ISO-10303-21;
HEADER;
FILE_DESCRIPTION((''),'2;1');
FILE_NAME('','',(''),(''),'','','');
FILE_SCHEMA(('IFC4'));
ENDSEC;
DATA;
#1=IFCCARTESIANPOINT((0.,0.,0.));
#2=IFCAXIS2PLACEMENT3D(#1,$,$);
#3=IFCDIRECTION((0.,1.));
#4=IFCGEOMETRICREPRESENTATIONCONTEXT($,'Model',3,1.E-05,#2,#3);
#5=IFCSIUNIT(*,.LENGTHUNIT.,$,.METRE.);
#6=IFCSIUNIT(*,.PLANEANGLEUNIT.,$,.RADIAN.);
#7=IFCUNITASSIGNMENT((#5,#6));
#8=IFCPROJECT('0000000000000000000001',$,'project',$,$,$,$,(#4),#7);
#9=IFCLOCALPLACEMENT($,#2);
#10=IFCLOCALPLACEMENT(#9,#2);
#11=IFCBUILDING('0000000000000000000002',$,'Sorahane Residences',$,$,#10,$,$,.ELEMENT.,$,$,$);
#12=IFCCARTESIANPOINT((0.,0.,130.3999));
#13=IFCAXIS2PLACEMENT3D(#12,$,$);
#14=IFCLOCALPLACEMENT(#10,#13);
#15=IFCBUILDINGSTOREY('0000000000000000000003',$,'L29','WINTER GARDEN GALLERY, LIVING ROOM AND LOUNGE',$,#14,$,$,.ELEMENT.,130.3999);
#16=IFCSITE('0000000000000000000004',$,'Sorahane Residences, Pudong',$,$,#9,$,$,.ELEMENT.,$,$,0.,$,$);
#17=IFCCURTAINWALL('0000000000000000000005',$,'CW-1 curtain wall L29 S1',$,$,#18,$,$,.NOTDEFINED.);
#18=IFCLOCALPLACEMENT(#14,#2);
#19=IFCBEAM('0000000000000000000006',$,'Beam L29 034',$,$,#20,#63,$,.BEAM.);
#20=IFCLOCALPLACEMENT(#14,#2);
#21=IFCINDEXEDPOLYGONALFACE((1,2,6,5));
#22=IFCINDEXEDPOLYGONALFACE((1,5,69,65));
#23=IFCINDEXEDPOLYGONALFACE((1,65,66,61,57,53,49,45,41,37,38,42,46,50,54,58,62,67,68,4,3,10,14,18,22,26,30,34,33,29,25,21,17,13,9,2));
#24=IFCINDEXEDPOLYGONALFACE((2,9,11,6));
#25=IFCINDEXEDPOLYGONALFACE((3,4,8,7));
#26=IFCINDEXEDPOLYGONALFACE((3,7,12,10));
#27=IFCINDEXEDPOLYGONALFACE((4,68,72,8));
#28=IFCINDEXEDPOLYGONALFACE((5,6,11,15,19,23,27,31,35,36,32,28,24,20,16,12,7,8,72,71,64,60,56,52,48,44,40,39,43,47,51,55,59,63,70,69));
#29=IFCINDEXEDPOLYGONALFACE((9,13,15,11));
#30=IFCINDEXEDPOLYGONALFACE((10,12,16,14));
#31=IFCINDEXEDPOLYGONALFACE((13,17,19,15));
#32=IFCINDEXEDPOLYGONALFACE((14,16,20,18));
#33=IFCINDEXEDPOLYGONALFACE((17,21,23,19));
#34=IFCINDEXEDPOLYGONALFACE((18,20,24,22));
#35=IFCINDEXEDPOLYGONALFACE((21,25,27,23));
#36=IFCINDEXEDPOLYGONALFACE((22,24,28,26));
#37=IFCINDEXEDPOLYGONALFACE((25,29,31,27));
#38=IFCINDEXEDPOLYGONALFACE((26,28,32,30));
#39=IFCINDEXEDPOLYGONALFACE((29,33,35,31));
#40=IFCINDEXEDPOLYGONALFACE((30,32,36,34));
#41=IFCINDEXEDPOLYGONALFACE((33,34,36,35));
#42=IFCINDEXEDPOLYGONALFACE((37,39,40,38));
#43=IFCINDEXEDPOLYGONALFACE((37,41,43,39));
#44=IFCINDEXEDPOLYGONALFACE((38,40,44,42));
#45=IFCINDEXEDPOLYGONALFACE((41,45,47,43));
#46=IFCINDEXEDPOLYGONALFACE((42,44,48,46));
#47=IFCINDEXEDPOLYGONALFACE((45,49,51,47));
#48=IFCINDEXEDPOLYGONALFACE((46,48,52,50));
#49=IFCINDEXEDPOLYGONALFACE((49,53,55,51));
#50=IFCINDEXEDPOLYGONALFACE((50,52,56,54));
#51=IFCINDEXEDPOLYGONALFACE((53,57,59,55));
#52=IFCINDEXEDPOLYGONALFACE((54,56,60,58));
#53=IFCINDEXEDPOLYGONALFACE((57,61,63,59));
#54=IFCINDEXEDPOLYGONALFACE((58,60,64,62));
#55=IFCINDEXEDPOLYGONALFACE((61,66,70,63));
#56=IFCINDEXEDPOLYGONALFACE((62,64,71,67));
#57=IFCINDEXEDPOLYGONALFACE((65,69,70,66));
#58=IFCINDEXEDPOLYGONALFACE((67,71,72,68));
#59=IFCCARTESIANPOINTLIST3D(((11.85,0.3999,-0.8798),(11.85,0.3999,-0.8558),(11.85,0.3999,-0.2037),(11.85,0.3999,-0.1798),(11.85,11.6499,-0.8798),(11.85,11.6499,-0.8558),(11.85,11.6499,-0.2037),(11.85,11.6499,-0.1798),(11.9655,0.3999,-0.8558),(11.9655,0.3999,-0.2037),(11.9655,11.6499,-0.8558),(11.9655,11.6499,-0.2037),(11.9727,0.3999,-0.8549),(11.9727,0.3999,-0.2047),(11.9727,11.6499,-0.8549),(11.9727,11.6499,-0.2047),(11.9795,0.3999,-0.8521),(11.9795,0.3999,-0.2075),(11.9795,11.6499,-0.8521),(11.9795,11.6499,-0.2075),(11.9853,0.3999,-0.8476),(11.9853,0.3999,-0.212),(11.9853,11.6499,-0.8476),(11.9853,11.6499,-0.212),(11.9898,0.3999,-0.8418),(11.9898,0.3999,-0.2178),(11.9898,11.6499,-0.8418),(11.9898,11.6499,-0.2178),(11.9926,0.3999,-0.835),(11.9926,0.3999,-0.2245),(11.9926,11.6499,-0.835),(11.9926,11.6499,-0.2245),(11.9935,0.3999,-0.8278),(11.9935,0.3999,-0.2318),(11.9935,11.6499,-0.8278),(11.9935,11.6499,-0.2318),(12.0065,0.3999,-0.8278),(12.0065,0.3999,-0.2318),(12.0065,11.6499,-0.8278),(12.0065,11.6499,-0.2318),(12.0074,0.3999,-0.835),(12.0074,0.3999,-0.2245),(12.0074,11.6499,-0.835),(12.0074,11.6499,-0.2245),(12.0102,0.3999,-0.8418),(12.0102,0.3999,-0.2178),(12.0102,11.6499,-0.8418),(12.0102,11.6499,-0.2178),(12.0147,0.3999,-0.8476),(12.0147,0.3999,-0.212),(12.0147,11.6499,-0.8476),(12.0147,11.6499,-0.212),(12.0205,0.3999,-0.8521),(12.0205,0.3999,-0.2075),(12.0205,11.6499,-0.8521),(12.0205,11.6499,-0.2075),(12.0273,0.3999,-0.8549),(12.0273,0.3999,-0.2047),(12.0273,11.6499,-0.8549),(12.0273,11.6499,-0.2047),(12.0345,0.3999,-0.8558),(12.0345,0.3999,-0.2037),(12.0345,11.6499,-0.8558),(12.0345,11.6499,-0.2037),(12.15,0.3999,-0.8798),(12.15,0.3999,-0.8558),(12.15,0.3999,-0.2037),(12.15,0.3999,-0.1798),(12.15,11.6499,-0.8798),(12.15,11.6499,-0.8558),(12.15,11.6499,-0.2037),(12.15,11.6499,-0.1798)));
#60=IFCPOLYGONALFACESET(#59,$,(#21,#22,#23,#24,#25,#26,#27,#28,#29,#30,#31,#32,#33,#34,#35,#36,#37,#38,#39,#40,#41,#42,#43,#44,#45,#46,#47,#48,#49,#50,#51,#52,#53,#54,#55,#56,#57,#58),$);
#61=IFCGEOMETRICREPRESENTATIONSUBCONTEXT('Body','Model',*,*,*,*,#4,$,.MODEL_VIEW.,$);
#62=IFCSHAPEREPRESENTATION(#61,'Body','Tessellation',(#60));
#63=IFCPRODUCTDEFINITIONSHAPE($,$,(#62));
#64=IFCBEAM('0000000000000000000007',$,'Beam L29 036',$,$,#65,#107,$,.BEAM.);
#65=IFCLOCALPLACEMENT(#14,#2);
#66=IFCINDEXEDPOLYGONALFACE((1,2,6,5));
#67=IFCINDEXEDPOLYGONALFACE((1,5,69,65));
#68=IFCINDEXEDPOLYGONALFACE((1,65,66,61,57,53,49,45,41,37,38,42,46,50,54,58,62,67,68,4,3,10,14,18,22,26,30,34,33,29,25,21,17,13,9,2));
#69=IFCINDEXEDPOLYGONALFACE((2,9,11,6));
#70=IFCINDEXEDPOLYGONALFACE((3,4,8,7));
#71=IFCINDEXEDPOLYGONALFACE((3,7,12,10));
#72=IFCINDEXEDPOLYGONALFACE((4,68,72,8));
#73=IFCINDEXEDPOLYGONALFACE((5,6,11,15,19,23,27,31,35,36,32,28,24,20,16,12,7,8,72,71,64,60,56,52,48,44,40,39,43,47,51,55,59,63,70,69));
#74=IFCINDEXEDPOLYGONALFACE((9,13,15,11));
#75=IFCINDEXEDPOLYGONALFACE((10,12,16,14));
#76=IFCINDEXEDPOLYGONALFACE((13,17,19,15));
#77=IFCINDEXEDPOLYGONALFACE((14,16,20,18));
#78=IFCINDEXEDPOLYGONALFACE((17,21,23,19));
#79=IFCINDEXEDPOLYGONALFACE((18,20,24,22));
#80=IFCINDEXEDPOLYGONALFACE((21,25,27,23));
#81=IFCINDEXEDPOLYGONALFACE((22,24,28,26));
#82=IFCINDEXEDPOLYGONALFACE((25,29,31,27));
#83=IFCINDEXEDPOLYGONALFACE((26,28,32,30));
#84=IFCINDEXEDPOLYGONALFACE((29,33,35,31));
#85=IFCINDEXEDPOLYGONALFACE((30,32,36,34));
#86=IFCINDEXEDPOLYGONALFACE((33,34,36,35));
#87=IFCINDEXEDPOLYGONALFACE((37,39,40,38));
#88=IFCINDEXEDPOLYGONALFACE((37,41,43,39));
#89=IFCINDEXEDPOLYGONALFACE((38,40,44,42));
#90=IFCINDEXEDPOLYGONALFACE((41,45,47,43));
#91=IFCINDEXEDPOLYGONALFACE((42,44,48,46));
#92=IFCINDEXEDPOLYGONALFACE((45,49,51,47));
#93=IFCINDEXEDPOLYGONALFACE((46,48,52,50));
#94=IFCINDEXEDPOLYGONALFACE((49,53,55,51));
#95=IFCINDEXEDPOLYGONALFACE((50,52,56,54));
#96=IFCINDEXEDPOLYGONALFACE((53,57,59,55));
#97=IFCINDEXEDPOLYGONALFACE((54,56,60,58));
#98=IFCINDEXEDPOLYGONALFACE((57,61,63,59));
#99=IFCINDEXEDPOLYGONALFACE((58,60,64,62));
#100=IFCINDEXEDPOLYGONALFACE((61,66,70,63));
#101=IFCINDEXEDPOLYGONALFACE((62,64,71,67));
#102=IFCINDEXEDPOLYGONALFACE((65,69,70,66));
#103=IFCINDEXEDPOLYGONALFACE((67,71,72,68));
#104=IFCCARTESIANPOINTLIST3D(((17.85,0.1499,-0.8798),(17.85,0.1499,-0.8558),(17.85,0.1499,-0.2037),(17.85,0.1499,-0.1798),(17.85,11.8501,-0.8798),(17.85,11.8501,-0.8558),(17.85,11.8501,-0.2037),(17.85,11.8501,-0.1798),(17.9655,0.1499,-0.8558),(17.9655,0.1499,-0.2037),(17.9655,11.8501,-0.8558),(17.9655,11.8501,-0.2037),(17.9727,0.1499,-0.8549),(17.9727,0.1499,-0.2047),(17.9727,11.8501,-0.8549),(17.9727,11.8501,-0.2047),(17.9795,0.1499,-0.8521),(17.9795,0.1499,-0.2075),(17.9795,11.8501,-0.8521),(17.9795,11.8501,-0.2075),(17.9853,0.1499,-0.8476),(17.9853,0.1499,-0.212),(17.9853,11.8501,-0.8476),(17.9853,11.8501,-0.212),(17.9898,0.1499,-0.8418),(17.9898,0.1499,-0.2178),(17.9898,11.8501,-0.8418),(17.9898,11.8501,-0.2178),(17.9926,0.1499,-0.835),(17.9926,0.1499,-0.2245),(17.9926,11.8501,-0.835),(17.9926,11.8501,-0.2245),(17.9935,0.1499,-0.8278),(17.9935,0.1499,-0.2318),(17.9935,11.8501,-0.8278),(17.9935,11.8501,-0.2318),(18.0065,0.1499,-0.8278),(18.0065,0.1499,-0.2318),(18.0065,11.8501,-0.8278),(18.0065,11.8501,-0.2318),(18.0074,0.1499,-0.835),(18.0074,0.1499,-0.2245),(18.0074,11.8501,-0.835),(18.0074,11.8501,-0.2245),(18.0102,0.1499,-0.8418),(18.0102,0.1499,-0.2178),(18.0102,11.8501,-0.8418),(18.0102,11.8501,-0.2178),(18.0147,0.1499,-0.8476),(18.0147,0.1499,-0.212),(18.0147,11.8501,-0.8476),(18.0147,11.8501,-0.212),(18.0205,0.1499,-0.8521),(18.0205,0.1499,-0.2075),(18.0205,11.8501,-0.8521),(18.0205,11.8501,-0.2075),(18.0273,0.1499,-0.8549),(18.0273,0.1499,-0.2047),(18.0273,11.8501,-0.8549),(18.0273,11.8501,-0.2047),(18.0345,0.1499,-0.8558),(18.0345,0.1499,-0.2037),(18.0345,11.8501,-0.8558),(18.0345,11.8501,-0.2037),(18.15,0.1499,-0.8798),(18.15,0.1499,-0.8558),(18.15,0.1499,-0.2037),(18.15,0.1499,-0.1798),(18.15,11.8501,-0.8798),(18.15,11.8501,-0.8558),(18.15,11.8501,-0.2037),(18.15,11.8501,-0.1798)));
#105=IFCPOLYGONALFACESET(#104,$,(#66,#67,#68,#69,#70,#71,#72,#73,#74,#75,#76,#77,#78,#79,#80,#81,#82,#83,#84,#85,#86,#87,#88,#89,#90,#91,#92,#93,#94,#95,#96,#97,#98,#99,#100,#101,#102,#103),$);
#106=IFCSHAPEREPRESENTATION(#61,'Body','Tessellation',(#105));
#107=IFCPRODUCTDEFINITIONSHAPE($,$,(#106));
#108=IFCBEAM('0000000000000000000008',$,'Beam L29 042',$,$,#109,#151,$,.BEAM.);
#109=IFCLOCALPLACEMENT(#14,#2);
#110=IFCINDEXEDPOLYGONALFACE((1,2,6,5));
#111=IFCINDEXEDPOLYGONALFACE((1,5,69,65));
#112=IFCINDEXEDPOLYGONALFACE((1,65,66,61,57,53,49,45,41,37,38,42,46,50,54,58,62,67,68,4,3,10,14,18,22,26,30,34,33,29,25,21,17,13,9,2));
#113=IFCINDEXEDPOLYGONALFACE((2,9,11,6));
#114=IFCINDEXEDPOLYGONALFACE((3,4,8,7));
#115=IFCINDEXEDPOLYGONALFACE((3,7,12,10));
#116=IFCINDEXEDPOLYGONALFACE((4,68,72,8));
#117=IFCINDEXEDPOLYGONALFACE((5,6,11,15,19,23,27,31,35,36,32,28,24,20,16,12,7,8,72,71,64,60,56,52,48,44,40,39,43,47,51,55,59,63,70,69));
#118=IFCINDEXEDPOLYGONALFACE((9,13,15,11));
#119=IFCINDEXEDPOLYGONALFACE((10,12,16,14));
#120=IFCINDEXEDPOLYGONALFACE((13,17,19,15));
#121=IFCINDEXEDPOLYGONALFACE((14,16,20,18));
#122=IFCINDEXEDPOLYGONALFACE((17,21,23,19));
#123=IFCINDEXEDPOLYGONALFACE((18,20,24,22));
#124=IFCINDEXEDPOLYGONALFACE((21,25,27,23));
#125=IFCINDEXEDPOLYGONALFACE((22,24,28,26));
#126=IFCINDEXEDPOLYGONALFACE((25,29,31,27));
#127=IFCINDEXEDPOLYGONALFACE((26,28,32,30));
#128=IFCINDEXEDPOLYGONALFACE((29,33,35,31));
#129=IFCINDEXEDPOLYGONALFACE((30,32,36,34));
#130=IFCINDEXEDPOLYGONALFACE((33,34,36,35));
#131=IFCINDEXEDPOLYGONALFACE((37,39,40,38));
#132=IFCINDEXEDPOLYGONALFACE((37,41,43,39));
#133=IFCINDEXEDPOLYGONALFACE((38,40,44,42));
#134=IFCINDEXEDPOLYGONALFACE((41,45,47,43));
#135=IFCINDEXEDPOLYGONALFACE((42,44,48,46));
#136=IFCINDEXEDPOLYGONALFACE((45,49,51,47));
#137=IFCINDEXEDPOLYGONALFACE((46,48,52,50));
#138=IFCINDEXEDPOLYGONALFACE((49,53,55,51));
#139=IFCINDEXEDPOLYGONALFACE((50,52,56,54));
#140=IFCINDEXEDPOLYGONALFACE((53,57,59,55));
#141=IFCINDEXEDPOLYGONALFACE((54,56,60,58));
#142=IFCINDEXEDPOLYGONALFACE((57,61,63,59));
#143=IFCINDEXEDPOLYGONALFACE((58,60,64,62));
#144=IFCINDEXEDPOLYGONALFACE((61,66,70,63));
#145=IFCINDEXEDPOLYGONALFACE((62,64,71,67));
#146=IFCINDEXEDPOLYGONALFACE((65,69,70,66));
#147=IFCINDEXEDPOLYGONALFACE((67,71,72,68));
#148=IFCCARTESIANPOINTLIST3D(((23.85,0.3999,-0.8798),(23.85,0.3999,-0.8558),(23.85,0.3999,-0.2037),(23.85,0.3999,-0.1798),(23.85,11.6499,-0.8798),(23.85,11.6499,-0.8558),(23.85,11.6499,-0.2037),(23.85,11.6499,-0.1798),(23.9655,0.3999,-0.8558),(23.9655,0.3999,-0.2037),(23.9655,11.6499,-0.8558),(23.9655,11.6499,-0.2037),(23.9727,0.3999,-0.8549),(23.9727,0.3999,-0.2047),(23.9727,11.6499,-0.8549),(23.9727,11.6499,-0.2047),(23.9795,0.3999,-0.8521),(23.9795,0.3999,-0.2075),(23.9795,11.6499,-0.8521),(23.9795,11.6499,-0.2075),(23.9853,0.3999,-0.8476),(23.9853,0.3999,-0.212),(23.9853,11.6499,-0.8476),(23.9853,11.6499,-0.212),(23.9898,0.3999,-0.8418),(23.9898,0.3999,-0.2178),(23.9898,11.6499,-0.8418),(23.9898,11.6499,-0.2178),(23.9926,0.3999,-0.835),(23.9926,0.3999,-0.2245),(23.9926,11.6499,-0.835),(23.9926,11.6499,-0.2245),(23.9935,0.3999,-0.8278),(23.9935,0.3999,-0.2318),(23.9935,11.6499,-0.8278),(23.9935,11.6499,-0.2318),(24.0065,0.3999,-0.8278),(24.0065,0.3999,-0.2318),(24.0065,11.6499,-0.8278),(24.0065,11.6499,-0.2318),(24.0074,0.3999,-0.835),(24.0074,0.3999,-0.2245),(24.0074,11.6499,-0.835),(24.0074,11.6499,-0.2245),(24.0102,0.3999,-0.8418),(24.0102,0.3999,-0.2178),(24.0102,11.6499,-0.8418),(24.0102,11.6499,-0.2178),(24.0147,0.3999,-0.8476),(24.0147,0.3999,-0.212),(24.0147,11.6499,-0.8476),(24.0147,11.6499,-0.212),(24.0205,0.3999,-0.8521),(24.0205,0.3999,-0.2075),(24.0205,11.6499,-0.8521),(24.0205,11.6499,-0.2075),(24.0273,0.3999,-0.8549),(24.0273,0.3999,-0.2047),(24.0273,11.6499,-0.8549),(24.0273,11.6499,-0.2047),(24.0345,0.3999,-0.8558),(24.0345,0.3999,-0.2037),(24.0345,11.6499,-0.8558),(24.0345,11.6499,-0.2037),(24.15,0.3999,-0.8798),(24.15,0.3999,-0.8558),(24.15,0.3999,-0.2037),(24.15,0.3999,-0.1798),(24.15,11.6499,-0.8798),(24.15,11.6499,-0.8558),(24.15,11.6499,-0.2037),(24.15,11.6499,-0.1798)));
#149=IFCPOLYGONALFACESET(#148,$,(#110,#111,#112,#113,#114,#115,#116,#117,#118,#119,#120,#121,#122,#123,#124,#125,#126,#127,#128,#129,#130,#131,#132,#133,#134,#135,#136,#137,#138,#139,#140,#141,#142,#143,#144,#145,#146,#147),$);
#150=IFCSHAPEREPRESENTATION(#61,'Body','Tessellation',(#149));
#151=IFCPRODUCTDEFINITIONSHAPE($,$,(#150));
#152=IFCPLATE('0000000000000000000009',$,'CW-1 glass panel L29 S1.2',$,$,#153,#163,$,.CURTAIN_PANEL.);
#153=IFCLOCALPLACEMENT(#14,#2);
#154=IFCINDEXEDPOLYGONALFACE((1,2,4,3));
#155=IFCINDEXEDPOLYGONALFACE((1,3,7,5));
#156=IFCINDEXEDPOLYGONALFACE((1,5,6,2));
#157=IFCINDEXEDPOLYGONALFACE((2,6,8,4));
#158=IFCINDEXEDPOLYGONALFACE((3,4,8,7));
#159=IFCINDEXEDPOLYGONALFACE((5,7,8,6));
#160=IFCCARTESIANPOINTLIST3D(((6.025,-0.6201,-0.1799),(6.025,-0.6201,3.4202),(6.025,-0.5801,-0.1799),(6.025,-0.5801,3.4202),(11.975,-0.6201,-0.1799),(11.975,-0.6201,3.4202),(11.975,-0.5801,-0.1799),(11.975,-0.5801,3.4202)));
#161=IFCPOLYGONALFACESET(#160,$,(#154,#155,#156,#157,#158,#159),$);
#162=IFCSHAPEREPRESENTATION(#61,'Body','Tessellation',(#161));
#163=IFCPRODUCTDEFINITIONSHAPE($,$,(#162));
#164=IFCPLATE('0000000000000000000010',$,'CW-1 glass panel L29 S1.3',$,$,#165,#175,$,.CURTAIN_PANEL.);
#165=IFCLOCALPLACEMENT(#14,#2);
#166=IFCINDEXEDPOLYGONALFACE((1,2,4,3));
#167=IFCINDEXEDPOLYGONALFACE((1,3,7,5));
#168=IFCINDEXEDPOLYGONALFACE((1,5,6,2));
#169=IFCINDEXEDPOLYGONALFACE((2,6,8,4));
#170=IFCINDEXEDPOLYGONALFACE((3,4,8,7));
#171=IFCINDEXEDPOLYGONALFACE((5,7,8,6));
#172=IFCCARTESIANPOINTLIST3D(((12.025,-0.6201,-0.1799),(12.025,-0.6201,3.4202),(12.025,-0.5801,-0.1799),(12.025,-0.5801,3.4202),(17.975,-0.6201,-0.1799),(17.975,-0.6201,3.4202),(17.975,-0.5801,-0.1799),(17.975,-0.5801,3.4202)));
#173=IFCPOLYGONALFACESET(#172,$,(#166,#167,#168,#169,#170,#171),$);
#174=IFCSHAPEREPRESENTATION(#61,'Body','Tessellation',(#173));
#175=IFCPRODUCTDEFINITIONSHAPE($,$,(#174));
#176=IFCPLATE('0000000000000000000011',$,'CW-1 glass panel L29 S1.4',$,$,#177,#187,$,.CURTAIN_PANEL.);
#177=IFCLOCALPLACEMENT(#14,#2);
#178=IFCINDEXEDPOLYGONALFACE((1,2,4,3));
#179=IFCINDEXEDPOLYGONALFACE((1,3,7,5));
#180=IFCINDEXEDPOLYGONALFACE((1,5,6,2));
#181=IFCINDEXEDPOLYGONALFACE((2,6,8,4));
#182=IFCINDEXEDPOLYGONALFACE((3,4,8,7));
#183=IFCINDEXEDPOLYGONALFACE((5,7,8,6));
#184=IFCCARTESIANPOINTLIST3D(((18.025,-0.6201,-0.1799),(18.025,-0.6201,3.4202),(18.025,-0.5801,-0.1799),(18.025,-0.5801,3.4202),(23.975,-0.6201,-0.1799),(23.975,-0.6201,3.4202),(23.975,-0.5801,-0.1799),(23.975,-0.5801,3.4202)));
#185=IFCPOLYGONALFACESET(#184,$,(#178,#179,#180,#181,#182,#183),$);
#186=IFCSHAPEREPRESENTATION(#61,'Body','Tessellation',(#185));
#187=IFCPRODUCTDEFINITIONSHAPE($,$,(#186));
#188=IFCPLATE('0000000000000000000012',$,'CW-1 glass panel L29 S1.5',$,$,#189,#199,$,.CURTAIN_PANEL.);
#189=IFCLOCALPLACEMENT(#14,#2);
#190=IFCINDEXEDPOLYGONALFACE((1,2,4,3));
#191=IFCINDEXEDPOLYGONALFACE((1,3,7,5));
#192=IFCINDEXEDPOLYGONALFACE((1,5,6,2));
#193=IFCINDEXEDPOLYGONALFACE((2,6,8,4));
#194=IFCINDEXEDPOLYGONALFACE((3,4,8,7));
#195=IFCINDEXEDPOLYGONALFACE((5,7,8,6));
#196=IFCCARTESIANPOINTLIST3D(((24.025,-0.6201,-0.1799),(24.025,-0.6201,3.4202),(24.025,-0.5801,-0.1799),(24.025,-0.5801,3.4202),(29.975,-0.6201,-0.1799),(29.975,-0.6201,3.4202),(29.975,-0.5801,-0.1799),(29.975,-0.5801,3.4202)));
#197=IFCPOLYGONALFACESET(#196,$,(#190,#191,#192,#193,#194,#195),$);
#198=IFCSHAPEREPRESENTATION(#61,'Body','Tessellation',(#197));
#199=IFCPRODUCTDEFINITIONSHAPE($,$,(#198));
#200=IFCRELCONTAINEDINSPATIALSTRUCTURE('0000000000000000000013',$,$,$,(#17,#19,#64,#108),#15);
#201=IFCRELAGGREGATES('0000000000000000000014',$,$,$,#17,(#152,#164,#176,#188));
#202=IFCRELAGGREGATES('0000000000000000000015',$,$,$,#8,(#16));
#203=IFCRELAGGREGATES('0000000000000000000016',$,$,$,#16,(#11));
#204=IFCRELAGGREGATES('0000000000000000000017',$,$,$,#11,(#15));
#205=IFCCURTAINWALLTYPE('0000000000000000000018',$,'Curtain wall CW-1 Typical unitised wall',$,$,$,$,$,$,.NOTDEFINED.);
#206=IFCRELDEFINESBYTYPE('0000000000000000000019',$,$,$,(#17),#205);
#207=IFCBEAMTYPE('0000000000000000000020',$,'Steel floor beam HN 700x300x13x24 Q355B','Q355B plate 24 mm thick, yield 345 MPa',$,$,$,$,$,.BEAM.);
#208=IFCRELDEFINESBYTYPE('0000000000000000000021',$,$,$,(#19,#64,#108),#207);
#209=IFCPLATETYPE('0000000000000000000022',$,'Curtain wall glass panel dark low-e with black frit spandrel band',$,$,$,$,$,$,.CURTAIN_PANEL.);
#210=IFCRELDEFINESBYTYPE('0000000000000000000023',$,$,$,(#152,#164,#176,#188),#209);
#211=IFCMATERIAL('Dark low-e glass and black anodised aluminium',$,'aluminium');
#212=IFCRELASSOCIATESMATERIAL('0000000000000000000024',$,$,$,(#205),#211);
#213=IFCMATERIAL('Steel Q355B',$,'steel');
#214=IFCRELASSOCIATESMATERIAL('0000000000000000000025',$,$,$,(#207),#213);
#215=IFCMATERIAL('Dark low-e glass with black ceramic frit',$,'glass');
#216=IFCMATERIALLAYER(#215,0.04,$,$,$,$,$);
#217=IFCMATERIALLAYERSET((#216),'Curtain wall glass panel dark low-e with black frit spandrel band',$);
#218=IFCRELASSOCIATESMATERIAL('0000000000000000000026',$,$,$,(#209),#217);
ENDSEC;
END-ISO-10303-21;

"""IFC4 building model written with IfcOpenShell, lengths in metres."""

from ifc_helpers import new_model, si_unit, direction, frame, origin, origin_2d, place, context, subcontext, project, spatial, rectangle, i_section, extrude, material, layer, layer_set, material_profile, profile_set, type_object, element, aggregate, save


model = new_model("IFC4")

# Units and contexts
model_context = context("Model", 3, precision=1e-05, world=origin(), true_north=direction((0.0, 1.0)))
body_context = subcontext(model_context, "Body", "Model", "MODEL_VIEW")
ifc_project = project(units=[si_unit("LENGTHUNIT", "METRE"), si_unit("PLANEANGLEUNIT", "RADIAN")], contexts=[model_context])

# Site, building, storey
site_placement = place(None, origin())
site = spatial("IfcSite", under=ifc_project, at=site_placement, Name="Sorahane Residences, Pudong", CompositionType="ELEMENT", RefElevation=0.0)
building_placement = place(site_placement, origin())
building = spatial("IfcBuilding", under=site, at=building_placement, Name="Sorahane Residences", CompositionType="ELEMENT")
storey_placement = place(building_placement, frame((0.0, 0.0, 130.3999)))
storey = spatial("IfcBuildingStorey", under=building, at=storey_placement, Name="L29", Description="WINTER GARDEN GALLERY, LIVING ROOM AND LOUNGE", CompositionType="ELEMENT", Elevation=130.3999)

# Curtain wall
ifc_material_1 = material(Name="Dark low-e glass and black anodised aluminium", Category="aluminium")
curtain_wall_type = type_object("IfcCurtainWallType", Name="Curtain wall CW-1 Typical unitised wall", PredefinedType="NOTDEFINED", material=ifc_material_1)
curtain_wall_placement = place(storey_placement, origin())
curtain_wall = element("IfcCurtainWall", 1, at=curtain_wall_placement, inside=storey, type_object=curtain_wall_type, Name="CW-1 curtain wall L29 S1", PredefinedType="NOTDEFINED")

# Beams
ifc_material_2 = material(Name="Steel Q355B", Category="steel")
ifc_material_profile_1 = material_profile(ifc_material_2, i_section(OverallWidth=0.3, OverallDepth=0.7, WebThickness=0.0129, FlangeThickness=0.0239, FilletRadius=0.0281, at=origin_2d()), Name="HN 700x300x13x24")
ifc_profile_set_1 = profile_set([ifc_material_profile_1], Name="Steel Q355B")
beam_type_1 = type_object("IfcBeamType", Name="Steel floor beam HN 700x300x13x24 Q355B", Description="Q355B plate 24 mm thick, yield 345 MPa", PredefinedType="BEAM", material=ifc_profile_set_1)
beam_1_placement = place(storey_placement, frame((12.0, 0.3999, -0.5298), z_axis=(0.0, 1.0, 0.0), x_axis=(-1.0, 0.0, 0.0)))
element("IfcBeam", 2, at=beam_1_placement, inside=storey, type_object=beam_type_1, Name="Beam L29 034", PredefinedType="BEAM", context=body_context, shape_type="SweptSolid", body=[
    extrude(i_section(OverallWidth=0.3, OverallDepth=0.7, WebThickness=0.0129, FlangeThickness=0.0239, FilletRadius=0.0281, at=origin_2d()), origin(), (0.0, 0.0, 1.0), 11.25),
])
beam_2_placement = place(storey_placement, frame((18.0, 0.1499, -0.5298), z_axis=(0.0, 1.0, 0.0), x_axis=(-1.0, 0.0, 0.0)))
element("IfcBeam", 3, at=beam_2_placement, inside=storey, type_object=beam_type_1, Name="Beam L29 036", PredefinedType="BEAM", context=body_context, shape_type="SweptSolid", body=[
    extrude(i_section(OverallWidth=0.3, OverallDepth=0.7, WebThickness=0.0129, FlangeThickness=0.0239, FilletRadius=0.0281, at=origin_2d()), origin(), (0.0, 0.0, 1.0), 11.7002),
])
beam_3_placement = place(storey_placement, frame((24.0, 0.3999, -0.5298), z_axis=(0.0, 1.0, 0.0), x_axis=(-1.0, 0.0, 0.0)))
element("IfcBeam", 4, at=beam_3_placement, inside=storey, type_object=beam_type_1, Name="Beam L29 042", PredefinedType="BEAM", context=body_context, shape_type="SweptSolid", body=[
    extrude(i_section(OverallWidth=0.3, OverallDepth=0.7, WebThickness=0.0129, FlangeThickness=0.0239, FilletRadius=0.0281, at=origin_2d()), origin(), (0.0, 0.0, 1.0), 11.25),
])

# Plates
ifc_material_3 = material(Name="Dark low-e glass with black ceramic frit", Category="glass")
ifc_layer_1 = layer(ifc_material_3, 0.04)
ifc_layer_set_1 = layer_set([ifc_layer_1], Name="Curtain wall glass panel dark low-e with black frit spandrel band")
plate_type = type_object("IfcPlateType", Name="Curtain wall glass panel dark low-e with black frit spandrel band", PredefinedType="CURTAIN_PANEL", material=ifc_layer_set_1)
plate_1_placement = place(storey_placement, frame((9.0, -0.6001, -0.1799), z_axis=(0.0, 0.0, 1.0), x_axis=(1.0, 0.0, 0.0)))
plate_1 = element("IfcPlate", 5, at=plate_1_placement, type_object=plate_type, Name="CW-1 glass panel L29 S1.2", PredefinedType="CURTAIN_PANEL", context=body_context, shape_type="SweptSolid", body=[
    extrude(rectangle(XDim=5.95, YDim=0.04, at=origin_2d()), origin(), (0.0, 0.0, 1.0), 3.6001),
])
plate_2_placement = place(storey_placement, frame((15.0, -0.6001, -0.1799), z_axis=(0.0, 0.0, 1.0), x_axis=(1.0, 0.0, 0.0)))
plate_2 = element("IfcPlate", 6, at=plate_2_placement, type_object=plate_type, Name="CW-1 glass panel L29 S1.3", PredefinedType="CURTAIN_PANEL", context=body_context, shape_type="SweptSolid", body=[
    extrude(rectangle(XDim=5.95, YDim=0.04, at=origin_2d()), origin(), (0.0, 0.0, 1.0), 3.6001),
])
plate_3_placement = place(storey_placement, frame((21.0, -0.6001, -0.1799), z_axis=(0.0, 0.0, 1.0), x_axis=(1.0, 0.0, 0.0)))
plate_3 = element("IfcPlate", 7, at=plate_3_placement, type_object=plate_type, Name="CW-1 glass panel L29 S1.4", PredefinedType="CURTAIN_PANEL", context=body_context, shape_type="SweptSolid", body=[
    extrude(rectangle(XDim=5.95, YDim=0.04, at=origin_2d()), origin(), (0.0, 0.0, 1.0), 3.6001),
])
plate_4_placement = place(storey_placement, frame((27.0, -0.6001, -0.1799), z_axis=(0.0, 0.0, 1.0), x_axis=(1.0, 0.0, 0.0)))
plate_4 = element("IfcPlate", 8, at=plate_4_placement, type_object=plate_type, Name="CW-1 glass panel L29 S1.5", PredefinedType="CURTAIN_PANEL", context=body_context, shape_type="SweptSolid", body=[
    extrude(rectangle(XDim=5.95, YDim=0.04, at=origin_2d()), origin(), (0.0, 0.0, 1.0), 3.6001),
])
aggregate(curtain_wall, [plate_1, plate_2, plate_3, plate_4])

save(model, "model.ifc")
